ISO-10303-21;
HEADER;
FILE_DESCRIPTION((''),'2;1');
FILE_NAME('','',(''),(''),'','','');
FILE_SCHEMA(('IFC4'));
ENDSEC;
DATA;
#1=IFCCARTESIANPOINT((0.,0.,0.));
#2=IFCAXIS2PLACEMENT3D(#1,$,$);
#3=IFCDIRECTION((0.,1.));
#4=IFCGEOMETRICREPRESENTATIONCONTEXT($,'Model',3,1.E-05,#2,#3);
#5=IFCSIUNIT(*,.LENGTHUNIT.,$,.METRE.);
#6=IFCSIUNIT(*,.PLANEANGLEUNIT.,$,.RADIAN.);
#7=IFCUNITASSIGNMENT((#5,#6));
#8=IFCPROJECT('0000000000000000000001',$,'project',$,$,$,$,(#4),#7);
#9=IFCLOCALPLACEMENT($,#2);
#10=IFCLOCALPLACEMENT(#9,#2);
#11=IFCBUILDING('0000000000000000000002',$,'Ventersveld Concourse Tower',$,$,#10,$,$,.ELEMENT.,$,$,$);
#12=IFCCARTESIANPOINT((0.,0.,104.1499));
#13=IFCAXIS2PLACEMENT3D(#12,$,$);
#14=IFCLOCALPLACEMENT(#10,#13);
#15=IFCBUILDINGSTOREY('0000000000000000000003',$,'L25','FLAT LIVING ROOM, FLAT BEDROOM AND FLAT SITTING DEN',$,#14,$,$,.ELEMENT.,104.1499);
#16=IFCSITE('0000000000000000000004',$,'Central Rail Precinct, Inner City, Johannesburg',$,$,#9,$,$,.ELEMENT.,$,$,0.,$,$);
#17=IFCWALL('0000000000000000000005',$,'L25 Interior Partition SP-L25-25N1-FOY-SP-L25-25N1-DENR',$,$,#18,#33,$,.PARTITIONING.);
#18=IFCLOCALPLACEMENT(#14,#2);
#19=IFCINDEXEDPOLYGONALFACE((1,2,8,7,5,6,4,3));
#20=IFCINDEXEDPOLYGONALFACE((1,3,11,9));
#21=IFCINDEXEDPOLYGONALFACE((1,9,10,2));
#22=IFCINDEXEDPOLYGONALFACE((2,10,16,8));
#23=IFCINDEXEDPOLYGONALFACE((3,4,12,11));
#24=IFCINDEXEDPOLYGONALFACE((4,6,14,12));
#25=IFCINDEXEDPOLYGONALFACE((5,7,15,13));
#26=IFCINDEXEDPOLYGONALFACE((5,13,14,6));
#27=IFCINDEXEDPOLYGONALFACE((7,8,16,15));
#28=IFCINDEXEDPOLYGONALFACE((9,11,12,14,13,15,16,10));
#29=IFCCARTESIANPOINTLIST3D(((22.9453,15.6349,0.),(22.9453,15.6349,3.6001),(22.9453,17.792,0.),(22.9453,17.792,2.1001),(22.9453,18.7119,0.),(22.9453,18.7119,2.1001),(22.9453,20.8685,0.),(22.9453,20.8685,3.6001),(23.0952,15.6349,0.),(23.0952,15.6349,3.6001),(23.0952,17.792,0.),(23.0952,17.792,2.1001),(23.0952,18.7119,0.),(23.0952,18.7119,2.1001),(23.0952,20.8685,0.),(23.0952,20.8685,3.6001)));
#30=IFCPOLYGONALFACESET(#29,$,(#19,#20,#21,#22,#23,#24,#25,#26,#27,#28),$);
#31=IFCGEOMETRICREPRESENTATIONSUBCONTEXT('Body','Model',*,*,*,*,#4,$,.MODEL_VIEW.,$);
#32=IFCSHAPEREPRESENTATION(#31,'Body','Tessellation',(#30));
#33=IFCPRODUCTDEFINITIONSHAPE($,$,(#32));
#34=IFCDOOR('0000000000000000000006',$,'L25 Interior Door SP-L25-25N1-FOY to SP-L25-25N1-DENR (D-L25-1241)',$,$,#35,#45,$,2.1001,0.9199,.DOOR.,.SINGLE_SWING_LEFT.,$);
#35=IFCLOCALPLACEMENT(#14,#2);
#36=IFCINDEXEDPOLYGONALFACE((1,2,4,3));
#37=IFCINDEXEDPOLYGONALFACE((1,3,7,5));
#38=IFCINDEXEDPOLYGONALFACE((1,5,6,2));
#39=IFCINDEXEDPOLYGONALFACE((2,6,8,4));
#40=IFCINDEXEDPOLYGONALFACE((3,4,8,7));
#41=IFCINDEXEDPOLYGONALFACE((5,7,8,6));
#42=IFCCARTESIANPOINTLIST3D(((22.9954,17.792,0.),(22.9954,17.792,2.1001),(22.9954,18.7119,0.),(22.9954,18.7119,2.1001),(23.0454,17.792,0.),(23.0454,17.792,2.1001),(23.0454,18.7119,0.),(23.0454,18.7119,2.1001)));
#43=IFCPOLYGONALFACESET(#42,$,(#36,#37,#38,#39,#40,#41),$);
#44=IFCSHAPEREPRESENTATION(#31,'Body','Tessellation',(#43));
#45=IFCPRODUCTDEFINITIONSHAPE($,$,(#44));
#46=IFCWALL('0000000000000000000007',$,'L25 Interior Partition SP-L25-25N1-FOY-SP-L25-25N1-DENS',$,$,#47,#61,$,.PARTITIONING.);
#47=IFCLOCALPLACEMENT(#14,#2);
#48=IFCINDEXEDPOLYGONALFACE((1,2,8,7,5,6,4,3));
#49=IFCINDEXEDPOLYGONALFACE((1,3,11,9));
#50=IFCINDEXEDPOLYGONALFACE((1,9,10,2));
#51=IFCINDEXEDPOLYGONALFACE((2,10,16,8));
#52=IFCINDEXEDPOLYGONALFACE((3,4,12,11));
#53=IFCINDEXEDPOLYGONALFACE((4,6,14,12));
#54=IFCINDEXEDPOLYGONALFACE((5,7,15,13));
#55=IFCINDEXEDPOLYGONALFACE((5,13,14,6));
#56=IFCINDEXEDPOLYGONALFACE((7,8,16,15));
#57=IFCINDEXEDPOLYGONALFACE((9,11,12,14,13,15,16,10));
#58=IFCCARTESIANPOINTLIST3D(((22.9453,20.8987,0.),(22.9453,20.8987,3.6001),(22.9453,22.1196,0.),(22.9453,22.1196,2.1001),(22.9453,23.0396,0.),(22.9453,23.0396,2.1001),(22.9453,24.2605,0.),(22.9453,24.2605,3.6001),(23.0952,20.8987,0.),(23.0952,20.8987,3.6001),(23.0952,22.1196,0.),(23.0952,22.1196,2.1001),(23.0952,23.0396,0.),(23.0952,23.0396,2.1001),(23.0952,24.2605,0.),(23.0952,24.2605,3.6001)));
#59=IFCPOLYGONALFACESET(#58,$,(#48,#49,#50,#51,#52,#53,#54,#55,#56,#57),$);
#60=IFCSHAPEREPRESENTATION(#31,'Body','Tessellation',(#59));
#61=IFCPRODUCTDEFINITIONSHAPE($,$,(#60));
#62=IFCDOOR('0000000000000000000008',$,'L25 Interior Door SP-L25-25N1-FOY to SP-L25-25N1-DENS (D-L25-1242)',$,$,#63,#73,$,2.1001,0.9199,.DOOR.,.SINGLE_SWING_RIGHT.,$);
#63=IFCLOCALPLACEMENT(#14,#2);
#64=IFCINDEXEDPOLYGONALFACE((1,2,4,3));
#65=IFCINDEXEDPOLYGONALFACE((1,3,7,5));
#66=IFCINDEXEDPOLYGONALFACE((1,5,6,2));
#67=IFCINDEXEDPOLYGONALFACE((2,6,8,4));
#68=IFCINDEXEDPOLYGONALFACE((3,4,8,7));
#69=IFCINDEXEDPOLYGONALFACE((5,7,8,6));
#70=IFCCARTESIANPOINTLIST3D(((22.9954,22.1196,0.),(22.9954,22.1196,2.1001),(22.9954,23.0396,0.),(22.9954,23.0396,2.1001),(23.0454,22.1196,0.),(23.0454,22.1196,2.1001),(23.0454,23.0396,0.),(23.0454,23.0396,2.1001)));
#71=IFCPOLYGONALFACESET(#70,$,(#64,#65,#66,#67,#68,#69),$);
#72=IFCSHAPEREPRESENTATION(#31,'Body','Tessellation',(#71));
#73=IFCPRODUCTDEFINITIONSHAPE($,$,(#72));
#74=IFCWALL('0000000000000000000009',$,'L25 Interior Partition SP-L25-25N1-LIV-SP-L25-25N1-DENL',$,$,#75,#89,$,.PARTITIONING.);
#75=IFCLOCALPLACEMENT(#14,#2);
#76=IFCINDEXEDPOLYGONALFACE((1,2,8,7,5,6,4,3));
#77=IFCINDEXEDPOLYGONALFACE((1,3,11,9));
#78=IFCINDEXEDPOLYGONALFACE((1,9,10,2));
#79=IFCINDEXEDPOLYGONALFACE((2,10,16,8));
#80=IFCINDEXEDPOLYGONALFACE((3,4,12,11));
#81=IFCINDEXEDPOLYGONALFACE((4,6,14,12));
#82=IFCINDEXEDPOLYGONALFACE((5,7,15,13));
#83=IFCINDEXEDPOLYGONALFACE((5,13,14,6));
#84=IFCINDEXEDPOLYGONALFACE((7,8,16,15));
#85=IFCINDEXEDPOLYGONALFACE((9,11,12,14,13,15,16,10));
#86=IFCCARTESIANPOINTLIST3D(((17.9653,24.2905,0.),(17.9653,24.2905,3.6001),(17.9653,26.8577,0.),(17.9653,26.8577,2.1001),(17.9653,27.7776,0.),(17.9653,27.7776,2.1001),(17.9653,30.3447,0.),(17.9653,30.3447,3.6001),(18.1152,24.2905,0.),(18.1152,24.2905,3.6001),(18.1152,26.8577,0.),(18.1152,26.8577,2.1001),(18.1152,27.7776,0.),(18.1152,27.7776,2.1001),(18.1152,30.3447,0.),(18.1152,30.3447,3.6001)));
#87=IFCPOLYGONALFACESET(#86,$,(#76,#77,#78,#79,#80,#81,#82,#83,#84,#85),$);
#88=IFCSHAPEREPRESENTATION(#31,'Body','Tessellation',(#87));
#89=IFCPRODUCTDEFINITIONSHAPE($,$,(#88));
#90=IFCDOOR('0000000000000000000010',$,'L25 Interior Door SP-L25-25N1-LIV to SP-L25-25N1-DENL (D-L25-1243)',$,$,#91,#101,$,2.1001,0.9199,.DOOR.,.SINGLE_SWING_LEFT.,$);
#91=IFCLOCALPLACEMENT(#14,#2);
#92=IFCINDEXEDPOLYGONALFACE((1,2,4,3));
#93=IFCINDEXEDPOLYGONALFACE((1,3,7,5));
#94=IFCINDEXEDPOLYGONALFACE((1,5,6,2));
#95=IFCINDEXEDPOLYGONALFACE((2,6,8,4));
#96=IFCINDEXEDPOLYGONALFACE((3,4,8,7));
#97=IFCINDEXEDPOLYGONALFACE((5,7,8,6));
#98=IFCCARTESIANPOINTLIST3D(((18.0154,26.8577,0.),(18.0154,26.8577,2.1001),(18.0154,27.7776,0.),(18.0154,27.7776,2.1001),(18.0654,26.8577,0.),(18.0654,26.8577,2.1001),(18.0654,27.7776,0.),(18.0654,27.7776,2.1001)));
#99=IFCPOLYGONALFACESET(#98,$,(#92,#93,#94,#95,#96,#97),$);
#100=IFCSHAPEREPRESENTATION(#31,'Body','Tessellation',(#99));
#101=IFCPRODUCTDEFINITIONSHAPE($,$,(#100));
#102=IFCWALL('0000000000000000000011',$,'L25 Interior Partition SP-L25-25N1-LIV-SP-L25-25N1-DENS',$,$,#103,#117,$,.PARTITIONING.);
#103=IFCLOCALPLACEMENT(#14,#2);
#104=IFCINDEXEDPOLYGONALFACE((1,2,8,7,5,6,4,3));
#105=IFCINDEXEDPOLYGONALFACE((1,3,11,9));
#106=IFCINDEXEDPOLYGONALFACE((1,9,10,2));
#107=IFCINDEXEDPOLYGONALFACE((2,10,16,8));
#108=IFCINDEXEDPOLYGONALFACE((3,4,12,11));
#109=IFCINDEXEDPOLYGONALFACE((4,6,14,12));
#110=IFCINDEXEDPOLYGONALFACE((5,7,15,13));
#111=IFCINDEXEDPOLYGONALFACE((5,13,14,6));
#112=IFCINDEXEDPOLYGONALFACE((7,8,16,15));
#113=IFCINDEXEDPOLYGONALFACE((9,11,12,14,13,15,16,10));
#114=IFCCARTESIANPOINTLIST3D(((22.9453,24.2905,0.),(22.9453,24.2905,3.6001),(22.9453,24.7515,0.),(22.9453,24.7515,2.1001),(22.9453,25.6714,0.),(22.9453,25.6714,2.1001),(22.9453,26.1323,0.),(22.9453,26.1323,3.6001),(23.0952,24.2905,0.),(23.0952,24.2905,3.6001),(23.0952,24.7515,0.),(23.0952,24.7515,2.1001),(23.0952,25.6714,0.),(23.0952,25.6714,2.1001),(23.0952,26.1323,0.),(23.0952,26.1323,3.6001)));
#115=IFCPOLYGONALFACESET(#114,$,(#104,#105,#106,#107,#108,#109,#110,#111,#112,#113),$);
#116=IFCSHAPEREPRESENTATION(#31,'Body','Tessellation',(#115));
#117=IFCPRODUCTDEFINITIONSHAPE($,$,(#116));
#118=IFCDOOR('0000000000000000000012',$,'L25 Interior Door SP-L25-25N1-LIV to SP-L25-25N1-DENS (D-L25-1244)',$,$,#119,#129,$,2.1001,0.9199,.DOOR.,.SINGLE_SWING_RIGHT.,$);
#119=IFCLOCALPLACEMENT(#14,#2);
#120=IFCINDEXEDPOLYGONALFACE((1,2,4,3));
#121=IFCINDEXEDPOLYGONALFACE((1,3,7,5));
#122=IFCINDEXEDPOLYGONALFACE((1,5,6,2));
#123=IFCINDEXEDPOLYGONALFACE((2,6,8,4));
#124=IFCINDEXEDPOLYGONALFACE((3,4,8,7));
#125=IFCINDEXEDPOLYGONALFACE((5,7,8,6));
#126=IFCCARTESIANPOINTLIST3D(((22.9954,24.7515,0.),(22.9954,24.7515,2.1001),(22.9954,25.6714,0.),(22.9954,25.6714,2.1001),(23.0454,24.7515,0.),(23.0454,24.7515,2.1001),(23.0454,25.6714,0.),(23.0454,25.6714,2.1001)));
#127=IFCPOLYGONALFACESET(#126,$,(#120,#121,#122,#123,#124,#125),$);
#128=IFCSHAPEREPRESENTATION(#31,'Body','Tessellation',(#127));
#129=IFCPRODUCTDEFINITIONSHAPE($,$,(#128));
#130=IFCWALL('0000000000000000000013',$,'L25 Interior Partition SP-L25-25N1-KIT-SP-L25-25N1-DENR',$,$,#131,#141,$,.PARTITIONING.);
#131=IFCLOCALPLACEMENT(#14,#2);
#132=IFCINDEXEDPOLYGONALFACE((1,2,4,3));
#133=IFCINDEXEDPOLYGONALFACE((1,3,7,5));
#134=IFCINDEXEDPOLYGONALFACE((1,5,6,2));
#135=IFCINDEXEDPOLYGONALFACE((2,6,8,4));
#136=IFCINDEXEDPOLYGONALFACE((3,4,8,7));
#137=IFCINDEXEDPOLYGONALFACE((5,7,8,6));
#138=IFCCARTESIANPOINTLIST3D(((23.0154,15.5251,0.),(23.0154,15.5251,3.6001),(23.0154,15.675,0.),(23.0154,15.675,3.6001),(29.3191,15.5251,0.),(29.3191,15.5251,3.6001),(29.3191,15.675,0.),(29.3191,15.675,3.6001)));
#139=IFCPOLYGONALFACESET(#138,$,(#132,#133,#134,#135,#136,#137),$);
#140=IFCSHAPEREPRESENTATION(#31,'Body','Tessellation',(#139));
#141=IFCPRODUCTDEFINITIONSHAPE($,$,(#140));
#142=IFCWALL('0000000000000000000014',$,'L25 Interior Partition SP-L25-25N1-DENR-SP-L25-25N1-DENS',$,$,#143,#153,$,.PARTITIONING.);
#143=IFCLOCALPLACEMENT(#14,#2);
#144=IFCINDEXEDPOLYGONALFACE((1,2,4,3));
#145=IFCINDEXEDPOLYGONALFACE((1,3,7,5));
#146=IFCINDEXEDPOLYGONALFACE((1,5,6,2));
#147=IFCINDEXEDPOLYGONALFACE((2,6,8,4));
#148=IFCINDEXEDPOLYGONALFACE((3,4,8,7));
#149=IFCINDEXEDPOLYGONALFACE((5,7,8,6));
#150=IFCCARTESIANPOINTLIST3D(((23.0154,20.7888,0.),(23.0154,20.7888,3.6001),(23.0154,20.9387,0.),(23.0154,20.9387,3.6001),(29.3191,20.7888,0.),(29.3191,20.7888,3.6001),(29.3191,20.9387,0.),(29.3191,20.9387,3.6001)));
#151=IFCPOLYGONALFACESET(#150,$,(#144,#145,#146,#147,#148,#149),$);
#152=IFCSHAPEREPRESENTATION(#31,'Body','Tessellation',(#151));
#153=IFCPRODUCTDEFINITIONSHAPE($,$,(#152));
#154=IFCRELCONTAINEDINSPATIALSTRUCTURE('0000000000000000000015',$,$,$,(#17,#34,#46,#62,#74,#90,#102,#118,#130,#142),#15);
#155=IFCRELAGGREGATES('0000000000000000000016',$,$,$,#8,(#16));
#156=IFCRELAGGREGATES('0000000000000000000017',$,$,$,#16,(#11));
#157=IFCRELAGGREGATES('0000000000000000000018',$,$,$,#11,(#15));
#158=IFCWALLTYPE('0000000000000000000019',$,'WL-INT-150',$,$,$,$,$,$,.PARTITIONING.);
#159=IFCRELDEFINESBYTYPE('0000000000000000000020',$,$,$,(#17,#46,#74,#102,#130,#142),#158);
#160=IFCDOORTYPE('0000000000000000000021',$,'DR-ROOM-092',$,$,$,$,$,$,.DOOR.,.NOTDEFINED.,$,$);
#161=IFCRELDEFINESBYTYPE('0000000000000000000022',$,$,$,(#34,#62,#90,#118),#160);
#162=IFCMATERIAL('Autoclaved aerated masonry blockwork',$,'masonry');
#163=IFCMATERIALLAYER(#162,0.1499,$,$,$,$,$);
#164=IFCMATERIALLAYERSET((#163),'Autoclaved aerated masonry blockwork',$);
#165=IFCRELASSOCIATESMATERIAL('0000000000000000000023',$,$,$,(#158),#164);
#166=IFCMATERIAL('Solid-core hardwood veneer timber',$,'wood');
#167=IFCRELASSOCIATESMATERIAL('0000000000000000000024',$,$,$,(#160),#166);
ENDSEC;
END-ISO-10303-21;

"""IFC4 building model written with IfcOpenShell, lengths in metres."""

from ifc_helpers import new_model, si_unit, direction, frame, frame_2d, origin, place, context, subcontext, project, spatial, rectangle, extrude, material, layer, layer_set, type_object, element, fill, save


model = new_model("IFC4")

# Units and contexts
model_context = context("Model", 3, precision=1e-05, world=origin(), true_north=direction((0.0, 1.0)))
body_context = subcontext(model_context, "Body", "Model", "MODEL_VIEW")
ifc_project = project(units=[si_unit("LENGTHUNIT", "METRE"), si_unit("PLANEANGLEUNIT", "RADIAN")], contexts=[model_context])

# Site, building, storey
site_placement = place(None, origin())
site = spatial("IfcSite", under=ifc_project, at=site_placement, Name="Central Rail Precinct, Inner City, Johannesburg", CompositionType="ELEMENT", RefElevation=0.0)
building_placement = place(site_placement, origin())
building = spatial("IfcBuilding", under=site, at=building_placement, Name="Ventersveld Concourse Tower", CompositionType="ELEMENT")
storey_placement = place(building_placement, frame((0.0, 0.0, 104.1499)))
storey = spatial("IfcBuildingStorey", under=building, at=storey_placement, Name="L25", Description="FLAT LIVING ROOM, FLAT BEDROOM AND FLAT SITTING DEN", CompositionType="ELEMENT", Elevation=104.1499)

# Shared definitions
ifc_material_1 = material(Name="Solid-core hardwood veneer timber", Category="wood")

# Walls, openings, doors
ifc_material_2 = material(Name="Autoclaved aerated masonry blockwork", Category="masonry")
ifc_layer_1 = layer(ifc_material_2, 0.1499)
ifc_layer_set_1 = layer_set([ifc_layer_1], Name="Autoclaved aerated masonry blockwork")
wall_type_1 = type_object("IfcWallType", Name="WL-INT-150", PredefinedType="PARTITIONING", material=ifc_layer_set_1)
door_type_1 = type_object("IfcDoorType", Name="DR-ROOM-092", OperationType="NOTDEFINED", PredefinedType="DOOR", material=ifc_material_1)
wall_1_placement = place(storey_placement, frame((23.0203, 15.635, 0.0), z_axis=(0.0, 0.0, 1.0), x_axis=(0.0, 1.0, 0.0)))
wall_1 = element("IfcWall", 1, at=wall_1_placement, inside=storey, type_object=wall_type_1, Name="L25 Interior Partition SP-L25-25N1-FOY-SP-L25-25N1-DENR", PredefinedType="PARTITIONING", context=body_context, shape_type="SweptSolid", body=[
    extrude(rectangle(XDim=5.2336, YDim=0.1499, at=frame_2d((2.6167, 0.0))), origin(), (0.0, 0.0, 1.0), 3.6001),
])
opening_1_placement = place(wall_1_placement, frame((2.157, 0.0, 0.0)))
opening_1 = element("IfcOpeningElement", 2, at=opening_1_placement, cuts=wall_1, PredefinedType="OPENING", context=body_context, shape_type="SweptSolid", body=[
    extrude(rectangle(XDim=0.9199, YDim=2.1001, at=frame_2d((0.46, 1.05))), frame((0.0, 0.085, 0.0), z_axis=(0.0, -1.0, 0.0), x_axis=(1.0, 0.0, 0.0)), (0.0, 0.0, 1.0), 0.1699),
])
door_1_placement = place(opening_1_placement, origin())
door_1 = element("IfcDoor", 3, at=door_1_placement, inside=storey, type_object=door_type_1, Name="L25 Interior Door SP-L25-25N1-FOY to SP-L25-25N1-DENR (D-L25-1241)", OperationType="SINGLE_SWING_LEFT", OverallHeight=2.1001, OverallWidth=0.9199, PredefinedType="DOOR", context=body_context, shape_type="SweptSolid", body=[
    extrude(rectangle(XDim=0.9199, YDim=2.1001, at=frame_2d((0.46, 1.05))), frame((0.0, 0.0249, 0.0), z_axis=(0.0, -1.0, 0.0), x_axis=(1.0, 0.0, 0.0)), (0.0, 0.0, 1.0), 0.05),
])
fill(opening_1, door_1)
wall_2_placement = place(storey_placement, frame((23.0203, 20.8987, 0.0), z_axis=(0.0, 0.0, 1.0), x_axis=(0.0, 1.0, 0.0)))
wall_2 = element("IfcWall", 4, at=wall_2_placement, inside=storey, type_object=wall_type_1, Name="L25 Interior Partition SP-L25-25N1-FOY-SP-L25-25N1-DENS", PredefinedType="PARTITIONING", context=body_context, shape_type="SweptSolid", body=[
    extrude(rectangle(XDim=3.3618, YDim=0.1499, at=frame_2d((1.6809, 0.0))), origin(), (0.0, 0.0, 1.0), 3.6001),
])
opening_2_placement = place(wall_2_placement, frame((1.2209, 0.0, 0.0)))
opening_2 = element("IfcOpeningElement", 5, at=opening_2_placement, cuts=wall_2, PredefinedType="OPENING", context=body_context, shape_type="SweptSolid", body=[
    extrude(rectangle(XDim=0.9199, YDim=2.1001, at=frame_2d((0.46, 1.05))), frame((0.0, 0.085, 0.0), z_axis=(0.0, -1.0, 0.0), x_axis=(1.0, 0.0, 0.0)), (0.0, 0.0, 1.0), 0.1699),
])
door_2_placement = place(opening_2_placement, origin())
door_2 = element("IfcDoor", 6, at=door_2_placement, inside=storey, type_object=door_type_1, Name="L25 Interior Door SP-L25-25N1-FOY to SP-L25-25N1-DENS (D-L25-1242)", OperationType="SINGLE_SWING_RIGHT", OverallHeight=2.1001, OverallWidth=0.9199, PredefinedType="DOOR", context=body_context, shape_type="SweptSolid", body=[
    extrude(rectangle(XDim=0.9199, YDim=2.1001, at=frame_2d((0.46, 1.05))), frame((0.0, 0.0249, 0.0), z_axis=(0.0, -1.0, 0.0), x_axis=(1.0, 0.0, 0.0)), (0.0, 0.0, 1.0), 0.05),
])
fill(opening_2, door_2)
wall_3_placement = place(storey_placement, frame((18.0403, 24.2905, 0.0), z_axis=(0.0, 0.0, 1.0), x_axis=(0.0, 1.0, 0.0)))
wall_3 = element("IfcWall", 7, at=wall_3_placement, inside=storey, type_object=wall_type_1, Name="L25 Interior Partition SP-L25-25N1-LIV-SP-L25-25N1-DENL", PredefinedType="PARTITIONING", context=body_context, shape_type="SweptSolid", body=[
    extrude(rectangle(XDim=6.0542, YDim=0.1499, at=frame_2d((3.0271, 0.0))), origin(), (0.0, 0.0, 1.0), 3.6001),
])
opening_3_placement = place(wall_3_placement, frame((2.5671, 0.0, 0.0)))
opening_3 = element("IfcOpeningElement", 8, at=opening_3_placement, cuts=wall_3, PredefinedType="OPENING", context=body_context, shape_type="SweptSolid", body=[
    extrude(rectangle(XDim=0.9199, YDim=2.1001, at=frame_2d((0.46, 1.05))), frame((0.0, 0.085, 0.0), z_axis=(0.0, -1.0, 0.0), x_axis=(1.0, 0.0, 0.0)), (0.0, 0.0, 1.0), 0.1699),
])
door_3_placement = place(opening_3_placement, origin())
door_3 = element("IfcDoor", 9, at=door_3_placement, inside=storey, type_object=door_type_1, Name="L25 Interior Door SP-L25-25N1-LIV to SP-L25-25N1-DENL (D-L25-1243)", OperationType="SINGLE_SWING_LEFT", OverallHeight=2.1001, OverallWidth=0.9199, PredefinedType="DOOR", context=body_context, shape_type="SweptSolid", body=[
    extrude(rectangle(XDim=0.9199, YDim=2.1001, at=frame_2d((0.46, 1.05))), frame((0.0, 0.0249, 0.0), z_axis=(0.0, -1.0, 0.0), x_axis=(1.0, 0.0, 0.0)), (0.0, 0.0, 1.0), 0.05),
])
fill(opening_3, door_3)
wall_4_placement = place(storey_placement, frame((23.0203, 24.2905, 0.0), z_axis=(0.0, 0.0, 1.0), x_axis=(0.0, 1.0, 0.0)))
wall_4 = element("IfcWall", 10, at=wall_4_placement, inside=storey, type_object=wall_type_1, Name="L25 Interior Partition SP-L25-25N1-LIV-SP-L25-25N1-DENS", PredefinedType="PARTITIONING", context=body_context, shape_type="SweptSolid", body=[
    extrude(rectangle(XDim=1.8418, YDim=0.1499, at=frame_2d((0.9209, 0.0))), origin(), (0.0, 0.0, 1.0), 3.6001),
])
opening_4_placement = place(wall_4_placement, frame((0.4609, 0.0, 0.0)))
opening_4 = element("IfcOpeningElement", 11, at=opening_4_placement, cuts=wall_4, PredefinedType="OPENING", context=body_context, shape_type="SweptSolid", body=[
    extrude(rectangle(XDim=0.9199, YDim=2.1001, at=frame_2d((0.46, 1.05))), frame((0.0, 0.085, 0.0), z_axis=(0.0, -1.0, 0.0), x_axis=(1.0, 0.0, 0.0)), (0.0, 0.0, 1.0), 0.1699),
])
door_4_placement = place(opening_4_placement, origin())
door_4 = element("IfcDoor", 12, at=door_4_placement, inside=storey, type_object=door_type_1, Name="L25 Interior Door SP-L25-25N1-LIV to SP-L25-25N1-DENS (D-L25-1244)", OperationType="SINGLE_SWING_RIGHT", OverallHeight=2.1001, OverallWidth=0.9199, PredefinedType="DOOR", context=body_context, shape_type="SweptSolid", body=[
    extrude(rectangle(XDim=0.9199, YDim=2.1001, at=frame_2d((0.46, 1.05))), frame((0.0, 0.0249, 0.0), z_axis=(0.0, -1.0, 0.0), x_axis=(1.0, 0.0, 0.0)), (0.0, 0.0, 1.0), 0.05),
])
fill(opening_4, door_4)

# Walls
for number, where, z_axis, x_axis, name in (
    (13, (23.0154, 15.6001, 0.0), (0.0, 0.0, 1.0), (1.0, 0.0, 0.0), "L25 Interior Partition SP-L25-25N1-KIT-SP-L25-25N1-DENR"),
    (14, (23.0154, 20.8638, 0.0), (0.0, 0.0, 1.0), (1.0, 0.0, 0.0), "L25 Interior Partition SP-L25-25N1-DENR-SP-L25-25N1-DENS"),
):
    element("IfcWall", number, at=place(storey_placement, frame(where, z_axis=z_axis, x_axis=x_axis)), inside=storey, type_object=wall_type_1, Name=name, PredefinedType="PARTITIONING", context=body_context, shape_type="SweptSolid", body=[
        extrude(rectangle(XDim=6.3037, YDim=0.1499, at=frame_2d((3.1519, 0.0))), origin(), (0.0, 0.0, 1.0), 3.6001),
    ])

save(model, "model.ifc")
